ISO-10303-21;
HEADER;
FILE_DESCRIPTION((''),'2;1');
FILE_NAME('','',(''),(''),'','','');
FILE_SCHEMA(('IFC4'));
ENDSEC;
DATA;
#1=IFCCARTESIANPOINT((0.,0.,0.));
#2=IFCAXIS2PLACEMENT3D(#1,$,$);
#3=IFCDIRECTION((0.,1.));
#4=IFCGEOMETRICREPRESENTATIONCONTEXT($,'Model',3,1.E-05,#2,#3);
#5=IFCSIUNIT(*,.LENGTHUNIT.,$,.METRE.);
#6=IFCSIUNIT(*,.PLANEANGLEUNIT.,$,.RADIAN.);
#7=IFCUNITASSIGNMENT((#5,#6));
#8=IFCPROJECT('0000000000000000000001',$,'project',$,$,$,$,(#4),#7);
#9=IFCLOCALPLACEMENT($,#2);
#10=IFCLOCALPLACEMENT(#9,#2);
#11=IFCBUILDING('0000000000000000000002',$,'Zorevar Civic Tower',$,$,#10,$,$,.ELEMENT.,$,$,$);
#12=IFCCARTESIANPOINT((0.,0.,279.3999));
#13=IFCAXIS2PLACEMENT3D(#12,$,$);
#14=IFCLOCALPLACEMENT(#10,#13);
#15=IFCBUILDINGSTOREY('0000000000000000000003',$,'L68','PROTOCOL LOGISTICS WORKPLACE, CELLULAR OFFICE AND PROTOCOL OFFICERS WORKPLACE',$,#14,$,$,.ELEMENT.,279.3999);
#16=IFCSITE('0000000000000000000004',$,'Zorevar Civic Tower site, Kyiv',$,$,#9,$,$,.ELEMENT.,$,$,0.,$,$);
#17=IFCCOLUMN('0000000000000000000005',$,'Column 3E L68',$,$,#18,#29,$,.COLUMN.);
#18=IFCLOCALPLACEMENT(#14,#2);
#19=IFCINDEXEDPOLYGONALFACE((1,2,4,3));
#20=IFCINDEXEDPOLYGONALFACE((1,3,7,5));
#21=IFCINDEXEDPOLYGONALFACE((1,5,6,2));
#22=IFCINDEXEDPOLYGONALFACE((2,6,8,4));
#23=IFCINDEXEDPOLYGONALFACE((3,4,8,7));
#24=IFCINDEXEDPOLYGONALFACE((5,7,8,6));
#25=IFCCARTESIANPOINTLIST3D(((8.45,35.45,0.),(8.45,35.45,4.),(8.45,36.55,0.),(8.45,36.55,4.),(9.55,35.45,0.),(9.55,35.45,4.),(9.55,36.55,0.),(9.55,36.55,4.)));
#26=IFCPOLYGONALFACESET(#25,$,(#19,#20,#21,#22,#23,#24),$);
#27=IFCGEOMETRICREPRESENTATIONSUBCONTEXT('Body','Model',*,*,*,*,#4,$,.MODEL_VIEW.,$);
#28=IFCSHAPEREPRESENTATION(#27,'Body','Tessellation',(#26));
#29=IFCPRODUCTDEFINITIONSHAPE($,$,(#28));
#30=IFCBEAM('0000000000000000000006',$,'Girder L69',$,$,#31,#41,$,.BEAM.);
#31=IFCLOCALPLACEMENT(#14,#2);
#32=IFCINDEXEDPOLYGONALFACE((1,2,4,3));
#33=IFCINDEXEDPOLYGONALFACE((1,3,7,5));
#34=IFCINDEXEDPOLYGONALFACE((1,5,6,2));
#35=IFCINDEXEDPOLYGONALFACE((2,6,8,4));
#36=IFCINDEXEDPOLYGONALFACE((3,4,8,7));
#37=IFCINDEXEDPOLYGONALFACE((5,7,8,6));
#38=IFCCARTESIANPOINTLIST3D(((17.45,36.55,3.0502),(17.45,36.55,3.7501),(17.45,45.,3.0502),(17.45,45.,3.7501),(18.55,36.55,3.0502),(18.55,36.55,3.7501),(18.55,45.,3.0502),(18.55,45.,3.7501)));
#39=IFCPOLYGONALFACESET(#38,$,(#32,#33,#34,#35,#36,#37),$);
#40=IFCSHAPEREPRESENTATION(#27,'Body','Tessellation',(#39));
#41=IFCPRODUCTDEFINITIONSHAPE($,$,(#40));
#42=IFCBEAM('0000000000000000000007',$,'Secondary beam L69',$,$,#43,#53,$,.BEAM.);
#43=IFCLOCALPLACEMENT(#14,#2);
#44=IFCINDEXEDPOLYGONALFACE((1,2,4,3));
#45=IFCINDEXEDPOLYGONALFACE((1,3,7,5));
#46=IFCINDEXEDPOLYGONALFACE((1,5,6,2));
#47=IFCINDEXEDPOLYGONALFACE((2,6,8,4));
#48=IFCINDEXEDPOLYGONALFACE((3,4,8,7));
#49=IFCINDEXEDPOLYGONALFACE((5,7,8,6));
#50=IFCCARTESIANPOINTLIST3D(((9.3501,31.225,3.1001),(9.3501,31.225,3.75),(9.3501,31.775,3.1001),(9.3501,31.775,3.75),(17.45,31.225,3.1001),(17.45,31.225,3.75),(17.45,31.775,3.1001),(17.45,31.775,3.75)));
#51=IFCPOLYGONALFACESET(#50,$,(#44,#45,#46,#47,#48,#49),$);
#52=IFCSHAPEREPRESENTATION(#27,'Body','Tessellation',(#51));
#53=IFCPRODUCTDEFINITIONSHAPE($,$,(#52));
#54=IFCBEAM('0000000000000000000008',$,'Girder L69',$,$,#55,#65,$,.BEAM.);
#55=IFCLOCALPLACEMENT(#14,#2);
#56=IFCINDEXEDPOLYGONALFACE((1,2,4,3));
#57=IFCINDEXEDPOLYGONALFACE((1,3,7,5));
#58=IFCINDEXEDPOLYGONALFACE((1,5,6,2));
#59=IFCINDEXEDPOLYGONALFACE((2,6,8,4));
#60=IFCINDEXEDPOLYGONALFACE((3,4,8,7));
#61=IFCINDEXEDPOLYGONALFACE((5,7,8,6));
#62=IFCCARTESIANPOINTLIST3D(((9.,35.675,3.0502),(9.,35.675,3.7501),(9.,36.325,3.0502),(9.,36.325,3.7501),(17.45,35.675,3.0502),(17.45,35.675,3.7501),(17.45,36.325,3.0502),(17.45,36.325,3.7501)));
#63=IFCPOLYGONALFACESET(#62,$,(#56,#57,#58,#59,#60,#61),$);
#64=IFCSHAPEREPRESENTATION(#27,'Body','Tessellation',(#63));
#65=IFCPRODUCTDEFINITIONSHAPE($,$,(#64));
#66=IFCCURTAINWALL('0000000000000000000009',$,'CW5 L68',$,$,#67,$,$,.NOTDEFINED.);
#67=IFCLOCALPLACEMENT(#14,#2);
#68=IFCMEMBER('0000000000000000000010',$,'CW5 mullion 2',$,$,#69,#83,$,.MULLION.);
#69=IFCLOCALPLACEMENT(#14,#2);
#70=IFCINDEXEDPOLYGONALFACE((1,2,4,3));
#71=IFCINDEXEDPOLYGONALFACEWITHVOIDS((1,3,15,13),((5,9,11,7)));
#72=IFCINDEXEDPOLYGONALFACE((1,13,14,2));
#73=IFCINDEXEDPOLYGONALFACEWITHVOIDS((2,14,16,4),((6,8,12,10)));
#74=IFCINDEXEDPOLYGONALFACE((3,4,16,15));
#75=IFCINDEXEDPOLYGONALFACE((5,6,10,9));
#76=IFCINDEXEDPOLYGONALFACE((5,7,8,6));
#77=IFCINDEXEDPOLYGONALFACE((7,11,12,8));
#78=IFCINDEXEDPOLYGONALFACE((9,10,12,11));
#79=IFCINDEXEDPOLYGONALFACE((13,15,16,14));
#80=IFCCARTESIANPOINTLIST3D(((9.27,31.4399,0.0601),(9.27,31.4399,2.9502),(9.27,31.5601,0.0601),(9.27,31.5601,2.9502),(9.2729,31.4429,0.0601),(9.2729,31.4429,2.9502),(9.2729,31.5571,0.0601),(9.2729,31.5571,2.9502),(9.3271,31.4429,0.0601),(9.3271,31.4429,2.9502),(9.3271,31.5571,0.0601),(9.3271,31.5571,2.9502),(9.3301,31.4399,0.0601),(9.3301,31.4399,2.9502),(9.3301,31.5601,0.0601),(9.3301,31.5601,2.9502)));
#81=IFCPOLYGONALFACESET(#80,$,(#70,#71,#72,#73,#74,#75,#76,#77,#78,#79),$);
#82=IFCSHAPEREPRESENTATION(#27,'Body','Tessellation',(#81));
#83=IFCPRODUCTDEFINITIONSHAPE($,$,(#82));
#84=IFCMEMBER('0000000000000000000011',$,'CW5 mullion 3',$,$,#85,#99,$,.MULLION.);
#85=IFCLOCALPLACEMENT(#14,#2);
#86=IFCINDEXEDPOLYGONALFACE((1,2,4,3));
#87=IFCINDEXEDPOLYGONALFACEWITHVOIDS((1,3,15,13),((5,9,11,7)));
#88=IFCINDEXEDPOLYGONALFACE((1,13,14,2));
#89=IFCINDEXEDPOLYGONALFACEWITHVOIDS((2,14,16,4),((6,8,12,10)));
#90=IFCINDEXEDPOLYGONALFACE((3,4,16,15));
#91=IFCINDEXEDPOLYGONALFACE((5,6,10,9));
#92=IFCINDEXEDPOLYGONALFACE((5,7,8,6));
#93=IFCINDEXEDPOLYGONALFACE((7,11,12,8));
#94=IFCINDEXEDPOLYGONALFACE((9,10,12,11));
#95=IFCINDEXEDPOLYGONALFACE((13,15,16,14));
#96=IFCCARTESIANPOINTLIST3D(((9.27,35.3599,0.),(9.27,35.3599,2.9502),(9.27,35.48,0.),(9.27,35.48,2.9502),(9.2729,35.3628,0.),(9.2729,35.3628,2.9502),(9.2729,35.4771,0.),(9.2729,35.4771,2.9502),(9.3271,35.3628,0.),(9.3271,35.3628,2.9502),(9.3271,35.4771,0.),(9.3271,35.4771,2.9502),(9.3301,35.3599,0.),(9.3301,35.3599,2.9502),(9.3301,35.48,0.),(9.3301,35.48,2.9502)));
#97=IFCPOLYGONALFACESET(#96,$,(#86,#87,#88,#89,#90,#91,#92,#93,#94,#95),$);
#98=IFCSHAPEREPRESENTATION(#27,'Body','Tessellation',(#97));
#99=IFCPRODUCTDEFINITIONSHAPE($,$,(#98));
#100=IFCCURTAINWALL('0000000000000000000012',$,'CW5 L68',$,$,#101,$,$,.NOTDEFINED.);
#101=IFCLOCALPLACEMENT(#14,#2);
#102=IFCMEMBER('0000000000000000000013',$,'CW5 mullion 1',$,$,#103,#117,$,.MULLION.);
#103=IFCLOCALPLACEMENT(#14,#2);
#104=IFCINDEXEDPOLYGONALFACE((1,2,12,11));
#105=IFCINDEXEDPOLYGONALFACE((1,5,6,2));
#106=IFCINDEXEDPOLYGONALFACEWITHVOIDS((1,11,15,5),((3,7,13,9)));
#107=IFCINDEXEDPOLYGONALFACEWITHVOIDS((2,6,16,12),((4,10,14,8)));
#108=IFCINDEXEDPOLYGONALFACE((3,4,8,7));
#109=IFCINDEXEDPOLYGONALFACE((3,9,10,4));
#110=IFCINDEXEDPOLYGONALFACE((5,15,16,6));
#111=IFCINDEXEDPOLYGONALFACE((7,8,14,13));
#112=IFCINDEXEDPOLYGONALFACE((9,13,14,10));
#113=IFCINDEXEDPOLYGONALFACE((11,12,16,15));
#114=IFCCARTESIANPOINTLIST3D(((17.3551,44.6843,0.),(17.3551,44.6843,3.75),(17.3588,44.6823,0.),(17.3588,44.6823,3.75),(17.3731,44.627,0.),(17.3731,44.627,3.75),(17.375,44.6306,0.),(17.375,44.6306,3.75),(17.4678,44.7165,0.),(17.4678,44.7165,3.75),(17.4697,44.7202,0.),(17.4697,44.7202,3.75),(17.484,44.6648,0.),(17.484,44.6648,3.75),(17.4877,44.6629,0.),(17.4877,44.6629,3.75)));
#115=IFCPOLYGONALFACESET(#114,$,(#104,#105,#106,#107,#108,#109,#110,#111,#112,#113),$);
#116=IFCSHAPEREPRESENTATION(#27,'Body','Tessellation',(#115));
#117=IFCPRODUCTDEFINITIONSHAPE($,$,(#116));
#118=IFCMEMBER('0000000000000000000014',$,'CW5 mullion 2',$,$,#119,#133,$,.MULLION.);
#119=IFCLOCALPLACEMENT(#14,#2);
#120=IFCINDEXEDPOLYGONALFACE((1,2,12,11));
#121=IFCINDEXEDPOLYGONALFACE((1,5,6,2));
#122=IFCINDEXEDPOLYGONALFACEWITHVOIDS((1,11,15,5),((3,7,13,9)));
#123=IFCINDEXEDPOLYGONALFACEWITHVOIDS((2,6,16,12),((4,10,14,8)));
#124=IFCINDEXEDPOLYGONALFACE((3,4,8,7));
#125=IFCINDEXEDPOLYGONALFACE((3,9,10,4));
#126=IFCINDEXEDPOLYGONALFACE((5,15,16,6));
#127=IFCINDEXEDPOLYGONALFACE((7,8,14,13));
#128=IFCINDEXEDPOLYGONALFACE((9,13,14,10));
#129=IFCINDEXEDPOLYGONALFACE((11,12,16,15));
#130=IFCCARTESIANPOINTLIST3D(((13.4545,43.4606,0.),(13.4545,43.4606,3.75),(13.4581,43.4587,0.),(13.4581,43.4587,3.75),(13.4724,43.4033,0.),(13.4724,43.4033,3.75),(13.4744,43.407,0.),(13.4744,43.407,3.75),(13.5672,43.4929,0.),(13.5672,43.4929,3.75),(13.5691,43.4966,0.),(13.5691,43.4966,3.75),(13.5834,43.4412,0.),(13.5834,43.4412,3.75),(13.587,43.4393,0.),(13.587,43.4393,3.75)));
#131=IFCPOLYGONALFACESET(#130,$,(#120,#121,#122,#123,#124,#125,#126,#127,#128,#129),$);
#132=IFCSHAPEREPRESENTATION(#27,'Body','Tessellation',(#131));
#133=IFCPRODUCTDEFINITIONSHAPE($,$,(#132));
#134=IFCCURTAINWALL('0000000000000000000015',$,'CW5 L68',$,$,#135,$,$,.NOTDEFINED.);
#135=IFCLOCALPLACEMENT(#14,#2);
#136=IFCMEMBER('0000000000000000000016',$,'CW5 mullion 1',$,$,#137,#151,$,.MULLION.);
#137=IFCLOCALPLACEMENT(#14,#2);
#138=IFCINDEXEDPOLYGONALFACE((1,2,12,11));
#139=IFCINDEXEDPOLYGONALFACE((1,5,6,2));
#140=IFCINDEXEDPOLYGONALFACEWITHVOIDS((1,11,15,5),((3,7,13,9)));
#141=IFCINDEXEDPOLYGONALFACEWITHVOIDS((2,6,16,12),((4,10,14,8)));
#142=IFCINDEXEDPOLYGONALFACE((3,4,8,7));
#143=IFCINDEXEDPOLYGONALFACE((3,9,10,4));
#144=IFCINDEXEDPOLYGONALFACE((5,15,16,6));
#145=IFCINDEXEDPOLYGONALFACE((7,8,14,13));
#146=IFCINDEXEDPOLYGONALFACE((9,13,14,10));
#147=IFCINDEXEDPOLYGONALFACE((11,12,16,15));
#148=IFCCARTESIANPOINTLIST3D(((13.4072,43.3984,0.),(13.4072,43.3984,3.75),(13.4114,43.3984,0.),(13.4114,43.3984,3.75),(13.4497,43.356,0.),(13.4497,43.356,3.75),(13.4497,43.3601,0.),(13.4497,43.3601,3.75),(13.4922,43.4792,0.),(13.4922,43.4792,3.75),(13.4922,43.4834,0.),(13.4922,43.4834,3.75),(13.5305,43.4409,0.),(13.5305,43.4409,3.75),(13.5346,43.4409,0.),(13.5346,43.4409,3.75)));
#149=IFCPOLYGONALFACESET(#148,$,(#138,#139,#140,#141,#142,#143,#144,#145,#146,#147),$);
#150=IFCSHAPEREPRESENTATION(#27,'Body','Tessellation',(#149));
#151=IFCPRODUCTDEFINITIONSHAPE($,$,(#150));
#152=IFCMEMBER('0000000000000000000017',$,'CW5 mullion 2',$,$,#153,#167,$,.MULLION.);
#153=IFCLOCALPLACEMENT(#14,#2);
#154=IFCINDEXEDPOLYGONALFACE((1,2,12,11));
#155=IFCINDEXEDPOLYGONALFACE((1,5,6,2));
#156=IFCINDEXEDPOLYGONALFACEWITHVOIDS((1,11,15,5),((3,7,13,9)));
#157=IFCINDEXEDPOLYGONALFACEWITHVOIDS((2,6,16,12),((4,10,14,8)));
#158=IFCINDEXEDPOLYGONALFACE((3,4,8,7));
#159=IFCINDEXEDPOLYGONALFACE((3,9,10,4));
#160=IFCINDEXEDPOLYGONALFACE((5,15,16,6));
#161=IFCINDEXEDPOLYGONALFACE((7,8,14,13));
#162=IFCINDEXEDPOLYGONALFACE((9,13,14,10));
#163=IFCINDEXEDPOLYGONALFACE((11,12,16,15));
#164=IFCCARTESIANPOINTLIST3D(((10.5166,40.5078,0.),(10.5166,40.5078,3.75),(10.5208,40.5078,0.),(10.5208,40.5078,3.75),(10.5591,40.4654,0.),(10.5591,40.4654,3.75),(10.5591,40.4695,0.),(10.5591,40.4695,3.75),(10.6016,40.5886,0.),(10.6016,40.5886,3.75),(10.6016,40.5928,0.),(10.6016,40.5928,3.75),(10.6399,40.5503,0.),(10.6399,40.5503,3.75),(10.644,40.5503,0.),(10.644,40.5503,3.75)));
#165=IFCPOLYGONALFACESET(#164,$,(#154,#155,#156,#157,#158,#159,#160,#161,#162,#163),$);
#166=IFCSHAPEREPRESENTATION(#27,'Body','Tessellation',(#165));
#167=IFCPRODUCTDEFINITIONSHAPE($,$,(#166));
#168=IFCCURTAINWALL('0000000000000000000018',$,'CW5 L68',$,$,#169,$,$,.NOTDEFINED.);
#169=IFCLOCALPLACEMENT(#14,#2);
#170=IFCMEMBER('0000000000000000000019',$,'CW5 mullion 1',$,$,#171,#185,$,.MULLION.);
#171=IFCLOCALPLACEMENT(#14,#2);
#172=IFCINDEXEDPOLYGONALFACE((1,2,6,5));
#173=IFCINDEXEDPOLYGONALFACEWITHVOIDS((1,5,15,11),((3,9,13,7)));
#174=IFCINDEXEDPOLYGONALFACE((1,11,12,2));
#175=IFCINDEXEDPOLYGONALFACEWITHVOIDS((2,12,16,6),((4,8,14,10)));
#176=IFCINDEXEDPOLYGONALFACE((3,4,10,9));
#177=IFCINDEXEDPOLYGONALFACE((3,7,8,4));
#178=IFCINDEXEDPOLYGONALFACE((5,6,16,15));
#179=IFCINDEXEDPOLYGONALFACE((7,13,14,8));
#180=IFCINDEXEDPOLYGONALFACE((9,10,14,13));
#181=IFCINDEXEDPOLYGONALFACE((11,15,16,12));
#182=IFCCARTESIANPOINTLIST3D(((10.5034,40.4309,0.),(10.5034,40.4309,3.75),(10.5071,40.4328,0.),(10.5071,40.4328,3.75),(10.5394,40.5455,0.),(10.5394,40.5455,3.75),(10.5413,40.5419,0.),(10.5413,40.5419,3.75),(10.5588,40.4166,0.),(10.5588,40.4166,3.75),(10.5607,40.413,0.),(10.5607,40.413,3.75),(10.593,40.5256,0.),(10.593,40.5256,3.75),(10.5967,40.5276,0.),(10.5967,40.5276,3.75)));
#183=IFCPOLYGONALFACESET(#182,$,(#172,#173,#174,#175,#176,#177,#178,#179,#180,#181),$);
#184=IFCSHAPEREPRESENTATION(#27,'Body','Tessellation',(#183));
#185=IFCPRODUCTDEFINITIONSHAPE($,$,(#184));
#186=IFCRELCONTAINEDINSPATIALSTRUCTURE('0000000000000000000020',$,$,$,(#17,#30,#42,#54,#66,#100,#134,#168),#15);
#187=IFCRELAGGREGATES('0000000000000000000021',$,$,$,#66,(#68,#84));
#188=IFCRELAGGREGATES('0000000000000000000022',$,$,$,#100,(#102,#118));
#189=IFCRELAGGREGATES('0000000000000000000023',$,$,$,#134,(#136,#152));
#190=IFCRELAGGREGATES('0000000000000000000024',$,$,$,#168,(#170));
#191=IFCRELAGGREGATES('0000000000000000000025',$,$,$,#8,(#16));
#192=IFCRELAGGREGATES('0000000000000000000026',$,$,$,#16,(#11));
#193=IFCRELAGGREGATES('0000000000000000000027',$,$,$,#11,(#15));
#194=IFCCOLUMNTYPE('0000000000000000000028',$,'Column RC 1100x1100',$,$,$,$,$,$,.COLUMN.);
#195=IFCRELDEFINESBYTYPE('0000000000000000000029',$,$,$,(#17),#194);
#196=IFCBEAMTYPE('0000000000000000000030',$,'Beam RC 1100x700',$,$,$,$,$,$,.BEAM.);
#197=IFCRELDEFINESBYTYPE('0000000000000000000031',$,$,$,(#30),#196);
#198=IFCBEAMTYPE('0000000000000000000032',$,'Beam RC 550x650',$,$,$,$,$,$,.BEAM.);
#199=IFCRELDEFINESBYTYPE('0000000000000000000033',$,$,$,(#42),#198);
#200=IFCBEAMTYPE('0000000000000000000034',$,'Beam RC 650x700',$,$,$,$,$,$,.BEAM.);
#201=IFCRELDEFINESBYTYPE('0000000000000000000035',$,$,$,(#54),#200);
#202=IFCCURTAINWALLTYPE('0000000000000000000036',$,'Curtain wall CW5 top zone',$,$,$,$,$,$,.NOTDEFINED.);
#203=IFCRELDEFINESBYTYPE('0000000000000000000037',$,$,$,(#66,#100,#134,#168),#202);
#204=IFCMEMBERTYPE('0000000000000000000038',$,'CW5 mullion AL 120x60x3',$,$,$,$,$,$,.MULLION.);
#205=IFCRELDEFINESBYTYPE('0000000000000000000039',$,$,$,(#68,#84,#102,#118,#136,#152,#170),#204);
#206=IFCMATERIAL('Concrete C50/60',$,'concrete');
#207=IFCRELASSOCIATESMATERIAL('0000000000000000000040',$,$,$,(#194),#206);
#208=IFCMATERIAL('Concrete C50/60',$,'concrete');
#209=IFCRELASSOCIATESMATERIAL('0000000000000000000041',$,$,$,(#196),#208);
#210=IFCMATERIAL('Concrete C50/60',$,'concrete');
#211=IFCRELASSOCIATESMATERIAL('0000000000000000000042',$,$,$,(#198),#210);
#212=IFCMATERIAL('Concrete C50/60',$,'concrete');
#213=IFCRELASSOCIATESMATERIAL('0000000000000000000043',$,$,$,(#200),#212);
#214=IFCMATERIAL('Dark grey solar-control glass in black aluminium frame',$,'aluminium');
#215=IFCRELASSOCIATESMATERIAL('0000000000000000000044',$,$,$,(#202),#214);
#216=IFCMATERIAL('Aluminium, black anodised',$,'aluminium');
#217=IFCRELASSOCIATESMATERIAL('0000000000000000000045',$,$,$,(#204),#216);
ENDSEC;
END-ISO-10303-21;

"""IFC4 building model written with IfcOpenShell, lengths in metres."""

from ifc_helpers import new_model, si_unit, direction, frame, origin, origin_2d, place, context, subcontext, project, spatial, rectangle, hollow_rectangle, extrude, material, material_profile, profile_set, type_object, element, aggregate, save


model = new_model("IFC4")

# Units and contexts
model_context = context("Model", 3, precision=1e-05, world=origin(), true_north=direction((0.0, 1.0)))
body_context = subcontext(model_context, "Body", "Model", "MODEL_VIEW")
ifc_project = project(units=[si_unit("LENGTHUNIT", "METRE"), si_unit("PLANEANGLEUNIT", "RADIAN")], contexts=[model_context])

# Site, building, storey
site_placement = place(None, origin())
site = spatial("IfcSite", under=ifc_project, at=site_placement, Name="Zorevar Civic Tower site, Kyiv", CompositionType="ELEMENT", RefElevation=0.0)
building_placement = place(site_placement, origin())
building = spatial("IfcBuilding", under=site, at=building_placement, Name="Zorevar Civic Tower", CompositionType="ELEMENT")
storey_placement = place(building_placement, frame((0.0, 0.0, 279.3999)))
storey = spatial("IfcBuildingStorey", under=building, at=storey_placement, Name="L68", Description="PROTOCOL LOGISTICS WORKPLACE, CELLULAR OFFICE AND PROTOCOL OFFICERS WORKPLACE", CompositionType="ELEMENT", Elevation=279.3999)

# Column
ifc_material_1 = material(Name="Concrete C50/60", Category="concrete")
ifc_material_profile_1 = material_profile(ifc_material_1, rectangle(XDim=1.1001, YDim=1.1001, at=origin_2d()), Name="RC 1100x1100")
ifc_profile_set_1 = profile_set([ifc_material_profile_1], Name="Concrete C50/60")
column_type = type_object("IfcColumnType", Name="Column RC 1100x1100", PredefinedType="COLUMN", material=ifc_profile_set_1)
column_placement = place(storey_placement, frame((9.0, 36.0, 0.0), z_axis=(0.0, 0.0, 1.0), x_axis=(1.0, 0.0, 0.0)))
element("IfcColumn", 1, at=column_placement, inside=storey, type_object=column_type, Name="Column 3E L68", PredefinedType="COLUMN", context=body_context, shape_type="SweptSolid", body=[
    extrude(rectangle(XDim=1.1001, YDim=1.1001, at=origin_2d()), origin(), (0.0, 0.0, 1.0), 4.0),
])

# Beams
ifc_material_2 = material(Name="Concrete C50/60", Category="concrete")
ifc_material_profile_2 = material_profile(ifc_material_2, rectangle(XDim=1.1001, YDim=0.7, at=origin_2d()), Name="RC 1100x700")
ifc_profile_set_2 = profile_set([ifc_material_profile_2], Name="Concrete C50/60")
beam_type_1 = type_object("IfcBeamType", Name="Beam RC 1100x700", PredefinedType="BEAM", material=ifc_profile_set_2)
beam_1_placement = place(storey_placement, frame((18.0, 36.55, 3.4001), z_axis=(0.0, 1.0, 0.0), x_axis=(-1.0, 0.0, 0.0)))
element("IfcBeam", 2, at=beam_1_placement, inside=storey, type_object=beam_type_1, Name="Girder L69", PredefinedType="BEAM", context=body_context, shape_type="SweptSolid", body=[
    extrude(rectangle(XDim=1.1001, YDim=0.7, at=origin_2d()), origin(), (0.0, 0.0, 1.0), 8.45),
])
ifc_material_3 = material(Name="Concrete C50/60", Category="concrete")
ifc_material_profile_3 = material_profile(ifc_material_3, rectangle(XDim=0.55, YDim=0.6499, at=origin_2d()), Name="RC 550x650")
ifc_profile_set_3 = profile_set([ifc_material_profile_3], Name="Concrete C50/60")
beam_type_2 = type_object("IfcBeamType", Name="Beam RC 550x650", PredefinedType="BEAM", material=ifc_profile_set_3)
beam_2_placement = place(storey_placement, frame((9.3501, 31.5, 3.425), z_axis=(1.0, 0.0, 0.0), x_axis=(0.0, 1.0, 0.0)))
element("IfcBeam", 3, at=beam_2_placement, inside=storey, type_object=beam_type_2, Name="Secondary beam L69", PredefinedType="BEAM", context=body_context, shape_type="SweptSolid", body=[
    extrude(rectangle(XDim=0.55, YDim=0.6499, at=origin_2d()), origin(), (0.0, 0.0, 1.0), 8.0999),
])
ifc_material_4 = material(Name="Concrete C50/60", Category="concrete")
ifc_material_profile_4 = material_profile(ifc_material_4, rectangle(XDim=0.6499, YDim=0.7, at=origin_2d()), Name="RC 650x700")
ifc_profile_set_4 = profile_set([ifc_material_profile_4], Name="Concrete C50/60")
beam_type_3 = type_object("IfcBeamType", Name="Beam RC 650x700", PredefinedType="BEAM", material=ifc_profile_set_4)
beam_3_placement = place(storey_placement, frame((9.0, 36.0, 3.4001), z_axis=(1.0, 0.0, 0.0), x_axis=(0.0, 1.0, 0.0)))
element("IfcBeam", 4, at=beam_3_placement, inside=storey, type_object=beam_type_3, Name="Girder L69", PredefinedType="BEAM", context=body_context, shape_type="SweptSolid", body=[
    extrude(rectangle(XDim=0.6499, YDim=0.7, at=origin_2d()), origin(), (0.0, 0.0, 1.0), 8.45),
])

# Curtain walls, members
ifc_material_5 = material(Name="Dark grey solar-control glass in black aluminium frame", Category="aluminium")
curtain_wall_type = type_object("IfcCurtainWallType", Name="Curtain wall CW5 top zone", PredefinedType="NOTDEFINED", material=ifc_material_5)
curtain_wall_1_placement = place(storey_placement, origin())
curtain_wall_1 = element("IfcCurtainWall", 5, at=curtain_wall_1_placement, inside=storey, type_object=curtain_wall_type, Name="CW5 L68", PredefinedType="NOTDEFINED")
ifc_material_6 = material(Name="Aluminium, black anodised", Category="aluminium")
ifc_material_profile_5 = material_profile(ifc_material_6, hollow_rectangle(XDim=0.0601, YDim=0.1201, WallThickness=0.0029, at=origin_2d()), Name="AL 120x60x3")
ifc_profile_set_5 = profile_set([ifc_material_profile_5], Name="Aluminium, black anodised")
member_type_1 = type_object("IfcMemberType", Name="CW5 mullion AL 120x60x3", PredefinedType="MULLION", material=ifc_profile_set_5)
member_1_placement = place(storey_placement, frame((9.3, 31.5, 0.0601), z_axis=(0.0, 0.0, 1.0), x_axis=(-1.0, 0.0, 0.0)))
member_1 = element("IfcMember", 6, at=member_1_placement, type_object=member_type_1, Name="CW5 mullion 2", PredefinedType="MULLION", context=body_context, shape_type="SweptSolid", body=[
    extrude(hollow_rectangle(XDim=0.0601, YDim=0.1201, WallThickness=0.0029, at=origin_2d()), origin(), (0.0, 0.0, 1.0), 2.8901),
])
member_2_placement = place(storey_placement, frame((9.3, 35.4199, 0.0), z_axis=(0.0, 0.0, 1.0), x_axis=(-1.0, 0.0, 0.0)))
member_2 = element("IfcMember", 7, at=member_2_placement, type_object=member_type_1, Name="CW5 mullion 3", PredefinedType="MULLION", context=body_context, shape_type="SweptSolid", body=[
    extrude(hollow_rectangle(XDim=0.0601, YDim=0.1201, WallThickness=0.0029, at=origin_2d()), origin(), (0.0, 0.0, 1.0), 2.9502),
])
curtain_wall_2_placement = place(storey_placement, origin())
curtain_wall_2 = element("IfcCurtainWall", 8, at=curtain_wall_2_placement, inside=storey, type_object=curtain_wall_type, Name="CW5 L68", PredefinedType="NOTDEFINED")
member_3_placement = place(storey_placement, frame((17.4214, 44.6736, 0.0), z_axis=(0.0, 0.0, 1.0), x_axis=(0.299318, -0.954153, 0.0)))
member_3 = element("IfcMember", 9, at=member_3_placement, type_object=member_type_1, Name="CW5 mullion 1", PredefinedType="MULLION", context=body_context, shape_type="SweptSolid", body=[
    extrude(hollow_rectangle(XDim=0.0601, YDim=0.1201, WallThickness=0.0029, at=origin_2d()), origin(), (0.0, 0.0, 1.0), 3.75),
])
member_4_placement = place(storey_placement, frame((13.5208, 43.45, 0.0), z_axis=(0.0, 0.0, 1.0), x_axis=(0.299318, -0.954153, 0.0)))
member_4 = element("IfcMember", 10, at=member_4_placement, type_object=member_type_1, Name="CW5 mullion 2", PredefinedType="MULLION", context=body_context, shape_type="SweptSolid", body=[
    extrude(hollow_rectangle(XDim=0.0601, YDim=0.1201, WallThickness=0.0029, at=origin_2d()), origin(), (0.0, 0.0, 1.0), 3.75),
])
curtain_wall_3_placement = place(storey_placement, origin())
curtain_wall_3 = element("IfcCurtainWall", 11, at=curtain_wall_3_placement, inside=storey, type_object=curtain_wall_type, Name="CW5 L68", PredefinedType="NOTDEFINED")
member_5_placement = place(storey_placement, frame((13.4709, 43.4197, 0.0), z_axis=(0.0, 0.0, 1.0), x_axis=(0.707107, -0.707107, 0.0)))
member_5 = element("IfcMember", 12, at=member_5_placement, type_object=member_type_1, Name="CW5 mullion 1", PredefinedType="MULLION", context=body_context, shape_type="SweptSolid", body=[
    extrude(hollow_rectangle(XDim=0.0601, YDim=0.1201, WallThickness=0.0029, at=origin_2d()), origin(), (0.0, 0.0, 1.0), 3.75),
])
member_6_placement = place(storey_placement, frame((10.5803, 40.5291, 0.0), z_axis=(0.0, 0.0, 1.0), x_axis=(0.707107, -0.707107, 0.0)))
member_6 = element("IfcMember", 13, at=member_6_placement, type_object=member_type_1, Name="CW5 mullion 2", PredefinedType="MULLION", context=body_context, shape_type="SweptSolid", body=[
    extrude(hollow_rectangle(XDim=0.0601, YDim=0.1201, WallThickness=0.0029, at=origin_2d()), origin(), (0.0, 0.0, 1.0), 3.75),
])
curtain_wall_4_placement = place(storey_placement, origin())
curtain_wall_4 = element("IfcCurtainWall", 14, at=curtain_wall_4_placement, inside=storey, type_object=curtain_wall_type, Name="CW5 L68", PredefinedType="NOTDEFINED")
member_7_placement = place(storey_placement, frame((10.55, 40.4792, 0.0), z_axis=(0.0, 0.0, 1.0), x_axis=(0.954153, -0.299318, 0.0)))
member_7 = element("IfcMember", 15, at=member_7_placement, type_object=member_type_1, Name="CW5 mullion 1", PredefinedType="MULLION", context=body_context, shape_type="SweptSolid", body=[
    extrude(hollow_rectangle(XDim=0.0601, YDim=0.1201, WallThickness=0.0029, at=origin_2d()), origin(), (0.0, 0.0, 1.0), 3.75),
])

aggregate(curtain_wall_1, [member_1, member_2])
aggregate(curtain_wall_2, [member_3, member_4])
aggregate(curtain_wall_3, [member_5, member_6])
aggregate(curtain_wall_4, [member_7])

save(model, "model.ifc")
